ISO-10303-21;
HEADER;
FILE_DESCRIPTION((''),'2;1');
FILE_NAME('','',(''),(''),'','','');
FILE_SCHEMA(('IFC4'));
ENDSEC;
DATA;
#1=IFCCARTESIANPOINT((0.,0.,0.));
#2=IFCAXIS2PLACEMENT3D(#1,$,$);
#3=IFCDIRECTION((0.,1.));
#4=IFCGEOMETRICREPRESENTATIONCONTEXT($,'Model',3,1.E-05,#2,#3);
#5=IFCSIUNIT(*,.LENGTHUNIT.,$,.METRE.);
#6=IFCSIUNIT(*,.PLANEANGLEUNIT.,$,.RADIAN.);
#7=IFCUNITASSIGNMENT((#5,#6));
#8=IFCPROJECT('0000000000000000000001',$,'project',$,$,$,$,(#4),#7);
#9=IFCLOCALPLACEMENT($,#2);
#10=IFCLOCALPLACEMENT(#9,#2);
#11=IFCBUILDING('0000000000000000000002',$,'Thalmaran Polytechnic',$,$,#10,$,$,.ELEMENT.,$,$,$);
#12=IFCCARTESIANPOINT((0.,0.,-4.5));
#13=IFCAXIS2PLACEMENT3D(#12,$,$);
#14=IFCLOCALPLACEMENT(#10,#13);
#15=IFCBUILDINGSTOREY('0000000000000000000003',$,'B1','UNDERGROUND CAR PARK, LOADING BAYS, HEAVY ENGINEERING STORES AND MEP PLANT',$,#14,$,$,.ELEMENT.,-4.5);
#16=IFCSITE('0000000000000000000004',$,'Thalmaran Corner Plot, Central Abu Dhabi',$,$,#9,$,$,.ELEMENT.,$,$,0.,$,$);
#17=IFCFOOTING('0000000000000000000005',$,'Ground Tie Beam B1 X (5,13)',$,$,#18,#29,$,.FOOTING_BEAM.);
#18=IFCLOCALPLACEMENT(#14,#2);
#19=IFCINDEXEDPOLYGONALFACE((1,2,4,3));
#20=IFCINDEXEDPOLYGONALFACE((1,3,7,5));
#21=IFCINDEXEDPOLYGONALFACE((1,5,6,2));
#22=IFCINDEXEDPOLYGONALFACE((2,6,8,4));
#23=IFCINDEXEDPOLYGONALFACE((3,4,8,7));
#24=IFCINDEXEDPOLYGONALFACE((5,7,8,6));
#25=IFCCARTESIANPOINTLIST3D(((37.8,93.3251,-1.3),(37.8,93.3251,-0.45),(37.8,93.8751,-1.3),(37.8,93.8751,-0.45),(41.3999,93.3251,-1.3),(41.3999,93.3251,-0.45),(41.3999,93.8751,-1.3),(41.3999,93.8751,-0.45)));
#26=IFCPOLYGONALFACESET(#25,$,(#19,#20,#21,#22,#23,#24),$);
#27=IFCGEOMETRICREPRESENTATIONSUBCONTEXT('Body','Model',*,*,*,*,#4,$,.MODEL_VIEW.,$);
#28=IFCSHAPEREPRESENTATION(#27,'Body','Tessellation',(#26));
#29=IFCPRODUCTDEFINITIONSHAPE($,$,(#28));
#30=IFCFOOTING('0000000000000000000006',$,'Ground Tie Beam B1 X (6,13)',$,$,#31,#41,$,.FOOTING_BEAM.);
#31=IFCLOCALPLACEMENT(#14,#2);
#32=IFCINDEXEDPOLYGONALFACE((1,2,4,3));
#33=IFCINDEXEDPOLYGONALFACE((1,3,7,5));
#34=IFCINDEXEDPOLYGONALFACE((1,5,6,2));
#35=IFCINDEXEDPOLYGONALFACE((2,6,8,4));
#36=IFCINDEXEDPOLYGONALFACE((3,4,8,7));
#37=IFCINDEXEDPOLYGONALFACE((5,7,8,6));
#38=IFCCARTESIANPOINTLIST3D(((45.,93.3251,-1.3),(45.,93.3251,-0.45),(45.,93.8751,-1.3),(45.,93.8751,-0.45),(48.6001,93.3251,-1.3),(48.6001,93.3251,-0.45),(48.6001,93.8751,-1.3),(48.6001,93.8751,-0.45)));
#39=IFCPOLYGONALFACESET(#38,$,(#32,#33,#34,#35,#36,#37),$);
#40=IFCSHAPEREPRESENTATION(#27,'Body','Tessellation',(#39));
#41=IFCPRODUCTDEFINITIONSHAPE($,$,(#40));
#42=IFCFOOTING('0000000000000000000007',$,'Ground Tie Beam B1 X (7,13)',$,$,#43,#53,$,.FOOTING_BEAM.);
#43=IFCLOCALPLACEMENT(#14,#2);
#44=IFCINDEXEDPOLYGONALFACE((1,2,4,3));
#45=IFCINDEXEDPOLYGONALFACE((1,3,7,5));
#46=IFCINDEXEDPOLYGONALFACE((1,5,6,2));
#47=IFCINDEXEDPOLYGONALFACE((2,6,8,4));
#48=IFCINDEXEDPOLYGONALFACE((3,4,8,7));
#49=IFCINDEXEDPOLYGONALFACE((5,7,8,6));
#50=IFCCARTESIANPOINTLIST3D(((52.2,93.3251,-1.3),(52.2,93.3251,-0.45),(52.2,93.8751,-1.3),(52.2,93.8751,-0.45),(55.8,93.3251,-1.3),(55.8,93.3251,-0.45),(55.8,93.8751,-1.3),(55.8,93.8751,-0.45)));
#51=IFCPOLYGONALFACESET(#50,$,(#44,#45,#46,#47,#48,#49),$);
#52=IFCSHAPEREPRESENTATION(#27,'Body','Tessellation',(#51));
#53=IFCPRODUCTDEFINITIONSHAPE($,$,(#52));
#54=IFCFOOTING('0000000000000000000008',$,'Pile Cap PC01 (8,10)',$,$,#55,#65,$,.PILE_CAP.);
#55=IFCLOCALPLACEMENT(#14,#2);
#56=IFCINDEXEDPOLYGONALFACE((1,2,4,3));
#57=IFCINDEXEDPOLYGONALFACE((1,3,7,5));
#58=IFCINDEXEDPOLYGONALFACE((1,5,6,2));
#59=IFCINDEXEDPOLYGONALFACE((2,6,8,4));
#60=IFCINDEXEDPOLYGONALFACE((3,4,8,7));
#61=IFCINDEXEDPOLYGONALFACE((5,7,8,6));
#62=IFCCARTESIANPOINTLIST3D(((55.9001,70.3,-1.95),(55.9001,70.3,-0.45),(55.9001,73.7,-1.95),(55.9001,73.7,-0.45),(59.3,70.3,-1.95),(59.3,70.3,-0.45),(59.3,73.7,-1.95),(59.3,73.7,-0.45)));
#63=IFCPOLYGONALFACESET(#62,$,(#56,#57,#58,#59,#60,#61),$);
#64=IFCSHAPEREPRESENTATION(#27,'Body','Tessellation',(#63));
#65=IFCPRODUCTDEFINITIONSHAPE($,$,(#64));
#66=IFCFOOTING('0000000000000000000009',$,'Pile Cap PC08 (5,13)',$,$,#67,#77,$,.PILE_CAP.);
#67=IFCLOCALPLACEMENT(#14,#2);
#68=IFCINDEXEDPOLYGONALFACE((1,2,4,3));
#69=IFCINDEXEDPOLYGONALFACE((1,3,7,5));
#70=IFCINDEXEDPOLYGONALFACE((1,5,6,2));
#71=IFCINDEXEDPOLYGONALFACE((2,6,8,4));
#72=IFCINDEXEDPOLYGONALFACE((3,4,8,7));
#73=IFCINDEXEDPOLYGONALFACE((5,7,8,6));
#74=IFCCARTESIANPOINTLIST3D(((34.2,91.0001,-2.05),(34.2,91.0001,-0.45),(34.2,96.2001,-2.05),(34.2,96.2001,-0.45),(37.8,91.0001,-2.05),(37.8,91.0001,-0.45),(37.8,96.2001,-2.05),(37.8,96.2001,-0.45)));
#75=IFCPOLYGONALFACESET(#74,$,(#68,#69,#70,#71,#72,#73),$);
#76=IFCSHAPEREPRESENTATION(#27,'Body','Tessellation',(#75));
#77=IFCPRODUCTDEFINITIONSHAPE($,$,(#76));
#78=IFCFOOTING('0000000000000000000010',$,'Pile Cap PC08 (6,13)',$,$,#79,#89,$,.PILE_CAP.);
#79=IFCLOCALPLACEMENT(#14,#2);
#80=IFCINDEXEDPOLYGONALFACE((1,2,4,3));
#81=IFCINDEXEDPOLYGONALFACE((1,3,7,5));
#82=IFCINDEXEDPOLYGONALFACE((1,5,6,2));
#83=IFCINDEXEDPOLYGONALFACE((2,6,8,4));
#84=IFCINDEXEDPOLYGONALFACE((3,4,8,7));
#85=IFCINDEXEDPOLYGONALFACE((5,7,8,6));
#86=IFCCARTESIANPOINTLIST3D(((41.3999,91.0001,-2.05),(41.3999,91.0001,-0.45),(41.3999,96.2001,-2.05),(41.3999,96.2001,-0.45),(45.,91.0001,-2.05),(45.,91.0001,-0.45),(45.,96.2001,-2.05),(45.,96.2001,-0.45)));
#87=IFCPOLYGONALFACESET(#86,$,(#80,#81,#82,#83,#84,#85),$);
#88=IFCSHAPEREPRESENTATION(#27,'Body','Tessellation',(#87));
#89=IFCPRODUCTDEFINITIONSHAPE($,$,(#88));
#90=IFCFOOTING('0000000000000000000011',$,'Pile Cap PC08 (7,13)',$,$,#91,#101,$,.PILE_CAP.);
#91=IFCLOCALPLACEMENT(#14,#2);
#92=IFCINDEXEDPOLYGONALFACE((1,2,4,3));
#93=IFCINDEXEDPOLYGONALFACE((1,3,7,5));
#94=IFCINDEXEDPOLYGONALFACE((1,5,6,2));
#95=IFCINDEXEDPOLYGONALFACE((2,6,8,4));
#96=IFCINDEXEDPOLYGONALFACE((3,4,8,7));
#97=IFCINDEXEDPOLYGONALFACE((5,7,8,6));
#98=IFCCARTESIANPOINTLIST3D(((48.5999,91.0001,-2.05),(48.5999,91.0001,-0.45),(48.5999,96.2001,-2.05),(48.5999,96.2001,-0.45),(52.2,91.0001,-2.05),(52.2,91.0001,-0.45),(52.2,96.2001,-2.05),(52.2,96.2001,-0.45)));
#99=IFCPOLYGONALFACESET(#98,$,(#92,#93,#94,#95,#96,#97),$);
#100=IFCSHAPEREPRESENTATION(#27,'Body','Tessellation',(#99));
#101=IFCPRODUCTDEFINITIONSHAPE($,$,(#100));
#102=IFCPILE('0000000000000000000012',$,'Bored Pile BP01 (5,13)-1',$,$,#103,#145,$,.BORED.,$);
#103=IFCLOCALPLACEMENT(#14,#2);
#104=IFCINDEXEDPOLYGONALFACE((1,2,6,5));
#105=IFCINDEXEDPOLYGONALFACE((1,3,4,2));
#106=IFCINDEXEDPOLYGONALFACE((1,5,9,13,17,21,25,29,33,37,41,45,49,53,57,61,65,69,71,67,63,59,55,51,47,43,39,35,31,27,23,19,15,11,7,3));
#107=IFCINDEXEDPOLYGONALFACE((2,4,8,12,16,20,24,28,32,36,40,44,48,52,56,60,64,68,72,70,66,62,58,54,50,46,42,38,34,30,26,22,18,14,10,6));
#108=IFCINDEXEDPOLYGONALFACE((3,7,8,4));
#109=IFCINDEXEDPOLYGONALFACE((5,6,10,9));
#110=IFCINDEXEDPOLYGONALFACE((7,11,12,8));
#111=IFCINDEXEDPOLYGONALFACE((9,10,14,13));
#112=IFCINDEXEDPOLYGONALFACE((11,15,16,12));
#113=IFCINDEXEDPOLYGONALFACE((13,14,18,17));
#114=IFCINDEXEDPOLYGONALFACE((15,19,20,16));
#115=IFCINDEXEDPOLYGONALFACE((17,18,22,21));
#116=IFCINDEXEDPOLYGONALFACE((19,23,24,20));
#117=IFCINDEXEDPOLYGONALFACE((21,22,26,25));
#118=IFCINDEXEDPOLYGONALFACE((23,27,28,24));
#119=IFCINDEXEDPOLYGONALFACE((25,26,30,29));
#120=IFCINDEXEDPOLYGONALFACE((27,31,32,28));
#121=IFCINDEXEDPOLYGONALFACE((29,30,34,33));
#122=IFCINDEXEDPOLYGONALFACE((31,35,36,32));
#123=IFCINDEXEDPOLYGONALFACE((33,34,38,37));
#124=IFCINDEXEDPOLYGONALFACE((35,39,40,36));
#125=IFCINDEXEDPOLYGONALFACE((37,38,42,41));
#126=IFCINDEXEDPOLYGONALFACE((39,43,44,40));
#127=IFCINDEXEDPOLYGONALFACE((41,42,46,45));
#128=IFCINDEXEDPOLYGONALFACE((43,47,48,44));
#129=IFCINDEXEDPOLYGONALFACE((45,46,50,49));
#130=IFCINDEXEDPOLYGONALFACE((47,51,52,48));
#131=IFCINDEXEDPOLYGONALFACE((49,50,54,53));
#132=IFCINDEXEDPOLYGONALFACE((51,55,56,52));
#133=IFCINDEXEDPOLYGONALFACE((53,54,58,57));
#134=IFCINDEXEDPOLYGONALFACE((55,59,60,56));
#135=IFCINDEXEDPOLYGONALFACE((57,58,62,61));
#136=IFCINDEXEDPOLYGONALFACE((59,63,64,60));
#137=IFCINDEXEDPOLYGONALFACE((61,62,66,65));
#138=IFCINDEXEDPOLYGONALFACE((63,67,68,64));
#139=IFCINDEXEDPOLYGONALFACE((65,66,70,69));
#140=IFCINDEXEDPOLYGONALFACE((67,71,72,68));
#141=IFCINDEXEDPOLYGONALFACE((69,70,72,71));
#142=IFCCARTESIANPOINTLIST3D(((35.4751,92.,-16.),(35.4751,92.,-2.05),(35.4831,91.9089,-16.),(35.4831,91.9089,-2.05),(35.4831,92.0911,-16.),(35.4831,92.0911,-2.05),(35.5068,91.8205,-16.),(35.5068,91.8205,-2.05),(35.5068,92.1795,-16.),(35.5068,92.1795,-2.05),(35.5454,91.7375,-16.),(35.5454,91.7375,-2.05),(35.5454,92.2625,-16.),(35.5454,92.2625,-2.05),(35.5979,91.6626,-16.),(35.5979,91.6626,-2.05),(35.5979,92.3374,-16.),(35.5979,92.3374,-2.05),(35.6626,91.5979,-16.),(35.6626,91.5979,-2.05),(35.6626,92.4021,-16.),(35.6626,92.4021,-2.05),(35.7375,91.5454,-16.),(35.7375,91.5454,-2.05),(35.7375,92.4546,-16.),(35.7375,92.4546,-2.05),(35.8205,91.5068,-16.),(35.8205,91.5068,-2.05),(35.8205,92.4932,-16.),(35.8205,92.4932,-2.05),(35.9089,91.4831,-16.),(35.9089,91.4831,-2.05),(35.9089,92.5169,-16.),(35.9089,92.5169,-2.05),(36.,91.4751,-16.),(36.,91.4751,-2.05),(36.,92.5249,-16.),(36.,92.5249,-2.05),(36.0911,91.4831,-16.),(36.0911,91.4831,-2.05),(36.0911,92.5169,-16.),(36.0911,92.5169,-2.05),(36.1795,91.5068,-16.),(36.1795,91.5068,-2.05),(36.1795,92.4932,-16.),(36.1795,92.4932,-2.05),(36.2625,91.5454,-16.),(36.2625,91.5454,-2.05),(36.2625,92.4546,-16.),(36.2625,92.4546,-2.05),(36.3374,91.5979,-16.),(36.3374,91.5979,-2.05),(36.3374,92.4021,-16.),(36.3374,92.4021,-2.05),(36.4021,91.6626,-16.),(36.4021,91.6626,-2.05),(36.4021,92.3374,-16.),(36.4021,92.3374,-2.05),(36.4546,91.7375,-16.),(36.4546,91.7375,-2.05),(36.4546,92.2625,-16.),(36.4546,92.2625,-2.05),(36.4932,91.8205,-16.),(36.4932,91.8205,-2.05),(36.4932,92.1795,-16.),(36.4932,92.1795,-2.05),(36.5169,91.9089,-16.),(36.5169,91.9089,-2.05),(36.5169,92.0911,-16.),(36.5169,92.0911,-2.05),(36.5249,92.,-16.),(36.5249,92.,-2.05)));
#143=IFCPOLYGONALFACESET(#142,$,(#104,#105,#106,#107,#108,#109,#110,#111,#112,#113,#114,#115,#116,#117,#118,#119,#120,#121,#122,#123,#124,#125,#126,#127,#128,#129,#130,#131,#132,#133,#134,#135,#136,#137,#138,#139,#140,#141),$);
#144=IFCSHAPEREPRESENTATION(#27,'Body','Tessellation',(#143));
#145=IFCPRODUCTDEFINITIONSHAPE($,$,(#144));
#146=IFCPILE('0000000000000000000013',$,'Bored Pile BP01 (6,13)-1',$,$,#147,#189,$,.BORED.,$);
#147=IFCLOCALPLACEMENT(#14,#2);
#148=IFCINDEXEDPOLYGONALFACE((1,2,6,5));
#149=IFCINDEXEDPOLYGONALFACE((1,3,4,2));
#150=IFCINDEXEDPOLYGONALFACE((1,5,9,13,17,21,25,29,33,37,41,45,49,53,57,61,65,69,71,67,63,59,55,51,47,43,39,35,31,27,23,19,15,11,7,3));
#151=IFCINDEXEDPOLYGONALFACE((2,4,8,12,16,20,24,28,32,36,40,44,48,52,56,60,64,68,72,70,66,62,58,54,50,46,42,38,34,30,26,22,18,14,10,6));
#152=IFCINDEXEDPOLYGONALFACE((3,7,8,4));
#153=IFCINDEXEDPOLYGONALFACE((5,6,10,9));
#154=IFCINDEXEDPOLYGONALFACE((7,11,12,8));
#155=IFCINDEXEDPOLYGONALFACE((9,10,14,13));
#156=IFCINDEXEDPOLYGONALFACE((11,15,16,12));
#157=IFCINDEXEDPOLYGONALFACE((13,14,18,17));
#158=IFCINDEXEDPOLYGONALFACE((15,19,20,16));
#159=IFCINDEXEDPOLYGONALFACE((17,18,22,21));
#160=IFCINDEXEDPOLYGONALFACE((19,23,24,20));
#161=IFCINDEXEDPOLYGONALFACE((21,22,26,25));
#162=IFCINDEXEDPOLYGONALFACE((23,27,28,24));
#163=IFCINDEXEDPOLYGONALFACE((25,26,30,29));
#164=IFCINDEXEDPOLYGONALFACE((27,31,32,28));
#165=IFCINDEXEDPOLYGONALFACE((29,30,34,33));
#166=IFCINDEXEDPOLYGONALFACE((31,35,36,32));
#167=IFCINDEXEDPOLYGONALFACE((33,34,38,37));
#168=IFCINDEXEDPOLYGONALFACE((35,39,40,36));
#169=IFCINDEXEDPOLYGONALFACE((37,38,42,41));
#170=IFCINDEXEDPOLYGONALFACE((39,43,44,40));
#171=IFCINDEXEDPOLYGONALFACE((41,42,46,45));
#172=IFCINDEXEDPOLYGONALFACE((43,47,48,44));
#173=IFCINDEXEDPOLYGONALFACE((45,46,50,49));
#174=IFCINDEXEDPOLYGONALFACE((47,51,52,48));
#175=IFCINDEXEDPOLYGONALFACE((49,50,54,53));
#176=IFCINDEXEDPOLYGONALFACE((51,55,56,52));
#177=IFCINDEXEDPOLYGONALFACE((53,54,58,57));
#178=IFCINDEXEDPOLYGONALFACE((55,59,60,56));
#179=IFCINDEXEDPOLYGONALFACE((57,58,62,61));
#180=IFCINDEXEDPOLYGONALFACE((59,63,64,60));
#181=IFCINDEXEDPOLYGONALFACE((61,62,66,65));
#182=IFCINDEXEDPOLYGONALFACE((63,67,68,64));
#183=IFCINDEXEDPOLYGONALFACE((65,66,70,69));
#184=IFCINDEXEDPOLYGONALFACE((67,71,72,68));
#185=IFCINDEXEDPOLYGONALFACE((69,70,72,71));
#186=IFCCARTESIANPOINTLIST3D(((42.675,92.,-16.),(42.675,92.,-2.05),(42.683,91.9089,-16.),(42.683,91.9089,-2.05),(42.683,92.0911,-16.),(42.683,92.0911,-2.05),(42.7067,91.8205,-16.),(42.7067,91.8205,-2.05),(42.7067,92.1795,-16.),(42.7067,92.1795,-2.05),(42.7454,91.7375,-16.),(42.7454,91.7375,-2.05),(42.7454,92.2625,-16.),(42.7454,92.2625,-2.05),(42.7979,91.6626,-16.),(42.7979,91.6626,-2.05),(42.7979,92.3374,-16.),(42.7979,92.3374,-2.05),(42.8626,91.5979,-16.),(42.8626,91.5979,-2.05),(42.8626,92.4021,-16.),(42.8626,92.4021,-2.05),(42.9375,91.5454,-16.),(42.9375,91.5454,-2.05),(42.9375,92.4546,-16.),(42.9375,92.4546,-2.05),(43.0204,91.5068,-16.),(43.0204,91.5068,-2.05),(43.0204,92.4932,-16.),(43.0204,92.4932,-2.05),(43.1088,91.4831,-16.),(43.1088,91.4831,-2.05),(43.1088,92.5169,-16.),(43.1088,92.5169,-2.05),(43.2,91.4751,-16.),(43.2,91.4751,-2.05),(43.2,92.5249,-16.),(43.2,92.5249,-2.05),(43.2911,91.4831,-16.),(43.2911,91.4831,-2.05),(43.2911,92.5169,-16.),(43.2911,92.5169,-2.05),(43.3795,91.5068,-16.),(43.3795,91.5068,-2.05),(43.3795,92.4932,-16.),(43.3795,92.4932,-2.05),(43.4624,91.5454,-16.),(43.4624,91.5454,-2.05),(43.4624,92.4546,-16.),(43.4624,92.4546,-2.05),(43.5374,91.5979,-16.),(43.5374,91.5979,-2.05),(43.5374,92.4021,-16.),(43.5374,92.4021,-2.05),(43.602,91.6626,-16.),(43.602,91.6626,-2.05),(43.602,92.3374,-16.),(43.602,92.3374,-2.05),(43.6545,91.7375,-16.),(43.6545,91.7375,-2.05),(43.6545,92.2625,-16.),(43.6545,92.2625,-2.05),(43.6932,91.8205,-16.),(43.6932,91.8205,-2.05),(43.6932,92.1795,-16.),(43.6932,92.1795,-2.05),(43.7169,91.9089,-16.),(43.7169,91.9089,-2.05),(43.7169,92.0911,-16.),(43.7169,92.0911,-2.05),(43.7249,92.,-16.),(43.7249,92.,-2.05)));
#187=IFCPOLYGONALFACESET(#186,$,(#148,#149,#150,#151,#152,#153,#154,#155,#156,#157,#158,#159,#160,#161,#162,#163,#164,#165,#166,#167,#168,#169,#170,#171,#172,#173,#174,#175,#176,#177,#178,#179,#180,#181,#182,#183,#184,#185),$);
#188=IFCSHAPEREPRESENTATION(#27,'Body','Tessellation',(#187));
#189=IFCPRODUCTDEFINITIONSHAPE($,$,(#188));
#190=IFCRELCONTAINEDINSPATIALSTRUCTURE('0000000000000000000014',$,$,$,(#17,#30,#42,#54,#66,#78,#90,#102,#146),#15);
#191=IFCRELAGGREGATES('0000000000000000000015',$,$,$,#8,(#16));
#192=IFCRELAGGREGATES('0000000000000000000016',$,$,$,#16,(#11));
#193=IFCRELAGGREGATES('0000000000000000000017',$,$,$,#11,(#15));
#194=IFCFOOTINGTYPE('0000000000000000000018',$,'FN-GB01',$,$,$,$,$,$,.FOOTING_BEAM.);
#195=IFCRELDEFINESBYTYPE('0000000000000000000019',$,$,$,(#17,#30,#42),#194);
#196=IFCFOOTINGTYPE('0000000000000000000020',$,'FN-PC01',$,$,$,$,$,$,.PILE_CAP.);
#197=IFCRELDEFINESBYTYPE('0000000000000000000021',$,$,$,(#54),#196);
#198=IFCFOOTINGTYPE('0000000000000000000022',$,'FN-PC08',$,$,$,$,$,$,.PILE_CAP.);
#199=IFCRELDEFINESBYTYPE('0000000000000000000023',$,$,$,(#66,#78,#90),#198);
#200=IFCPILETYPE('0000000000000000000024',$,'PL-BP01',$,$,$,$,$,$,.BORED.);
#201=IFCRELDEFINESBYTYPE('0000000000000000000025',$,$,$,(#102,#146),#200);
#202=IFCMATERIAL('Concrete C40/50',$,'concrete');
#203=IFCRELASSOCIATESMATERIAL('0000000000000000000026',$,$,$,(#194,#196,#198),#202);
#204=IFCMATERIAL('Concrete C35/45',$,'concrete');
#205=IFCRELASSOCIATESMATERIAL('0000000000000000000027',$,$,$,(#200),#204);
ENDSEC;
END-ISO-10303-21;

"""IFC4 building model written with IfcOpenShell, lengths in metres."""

from ifc_helpers import new_model, si_unit, direction, frame, origin, origin_2d, place, context, subcontext, project, spatial, rectangle, circle, extrude, material, material_profile, profile_set, type_object, element, save


model = new_model("IFC4")

# Units and contexts
model_context = context("Model", 3, precision=1e-05, world=origin(), true_north=direction((0.0, 1.0)))
body_context = subcontext(model_context, "Body", "Model", "MODEL_VIEW")
ifc_project = project(units=[si_unit("LENGTHUNIT", "METRE"), si_unit("PLANEANGLEUNIT", "RADIAN")], contexts=[model_context])

# Site, building, storey
site_placement = place(None, origin())
site = spatial("IfcSite", under=ifc_project, at=site_placement, Name="Thalmaran Corner Plot, Central Abu Dhabi", CompositionType="ELEMENT", RefElevation=0.0)
building_placement = place(site_placement, origin())
building = spatial("IfcBuilding", under=site, at=building_placement, Name="Thalmaran Polytechnic", CompositionType="ELEMENT")
storey_placement = place(building_placement, frame((0.0, 0.0, -4.5)))
storey = spatial("IfcBuildingStorey", under=building, at=storey_placement, Name="B1", Description="UNDERGROUND CAR PARK, LOADING BAYS, HEAVY ENGINEERING STORES AND MEP PLANT", CompositionType="ELEMENT", Elevation=-4.5)

# Footings
ifc_material_1 = material(Name="Concrete C40/50", Category="concrete")
ifc_material_profile_1 = material_profile(ifc_material_1, rectangle(XDim=0.55, YDim=0.8501, at=origin_2d()), Name="RC 550x850")
ifc_profile_set_1 = profile_set([ifc_material_profile_1], Name="Concrete C40/50")
footing_type_1 = type_object("IfcFootingType", Name="FN-GB01", PredefinedType="FOOTING_BEAM", material=ifc_profile_set_1)
footing_1_placement = place(storey_placement, frame((37.8, 93.6001, -0.875), z_axis=(1.0, 0.0, 0.0), x_axis=(0.0, 1.0, 0.0)))
element("IfcFooting", 1, at=footing_1_placement, inside=storey, type_object=footing_type_1, Name="Ground Tie Beam B1 X (5,13)", PredefinedType="FOOTING_BEAM", context=body_context, shape_type="SweptSolid", body=[
    extrude(rectangle(XDim=0.55, YDim=0.8501, at=origin_2d()), origin(), (0.0, 0.0, 1.0), 3.5999),
])
for number, where, z_axis, x_axis, name in (
    (2, (45.0, 93.6001, -0.875), (1.0, 0.0, 0.0), (0.0, 1.0, 0.0), "Ground Tie Beam B1 X (6,13)"),
    (3, (52.2, 93.6001, -0.875), (1.0, 0.0, 0.0), (0.0, 1.0, 0.0), "Ground Tie Beam B1 X (7,13)"),
):
    element("IfcFooting", number, at=place(storey_placement, frame(where, z_axis=z_axis, x_axis=x_axis)), inside=storey, type_object=footing_type_1, Name=name, PredefinedType="FOOTING_BEAM", context=body_context, shape_type="SweptSolid", body=[
        extrude(rectangle(XDim=0.55, YDim=0.8501, at=origin_2d()), origin(), (0.0, 0.0, 1.0), 3.6001),
    ])
footing_type_2 = type_object("IfcFootingType", Name="FN-PC01", PredefinedType="PILE_CAP", material=ifc_material_1)
footing_2_placement = place(storey_placement, frame((57.6001, 72.0, -1.95), z_axis=(0.0, 0.0, 1.0), x_axis=(1.0, 0.0, 0.0)))
element("IfcFooting", 4, at=footing_2_placement, inside=storey, type_object=footing_type_2, Name="Pile Cap PC01 (8,10)", PredefinedType="PILE_CAP", context=body_context, shape_type="SweptSolid", body=[
    extrude(rectangle(XDim=3.3999, YDim=3.3999, at=origin_2d()), origin(), (0.0, 0.0, 1.0), 1.5),
])
footing_type_3 = type_object("IfcFootingType", Name="FN-PC08", PredefinedType="PILE_CAP", material=ifc_material_1)
for number, where, z_axis, x_axis, name in (
    (5, (36.0, 93.6001, -2.05), (0.0, 0.0, 1.0), (1.0, 0.0, 0.0), "Pile Cap PC08 (5,13)"),
    (6, (43.2, 93.6001, -2.05), (0.0, 0.0, 1.0), (1.0, 0.0, 0.0), "Pile Cap PC08 (6,13)"),
    (7, (50.3999, 93.6001, -2.05), (0.0, 0.0, 1.0), (1.0, 0.0, 0.0), "Pile Cap PC08 (7,13)"),
):
    element("IfcFooting", number, at=place(storey_placement, frame(where, z_axis=z_axis, x_axis=x_axis)), inside=storey, type_object=footing_type_3, Name=name, PredefinedType="PILE_CAP", context=body_context, shape_type="SweptSolid", body=[
        extrude(rectangle(XDim=3.6001, YDim=5.2, at=origin_2d()), origin(), (0.0, 0.0, 1.0), 1.6001),
    ])

# Piles
ifc_material_2 = material(Name="Concrete C35/45", Category="concrete")
ifc_material_profile_2 = material_profile(ifc_material_2, circle(Radius=0.5249, at=origin_2d()), Name="RC 1050 DIA")
ifc_profile_set_2 = profile_set([ifc_material_profile_2], Name="Concrete C35/45")
pile_type_1 = type_object("IfcPileType", Name="PL-BP01", PredefinedType="BORED", material=ifc_profile_set_2)
for number, where, z_axis, x_axis, name in (
    (8, (36.0, 92.0, -2.05), (0.0, 0.0, -1.0), (1.0, 0.0, 0.0), "Bored Pile BP01 (5,13)-1"),
    (9, (43.2, 92.0, -2.05), (0.0, 0.0, -1.0), (1.0, 0.0, 0.0), "Bored Pile BP01 (6,13)-1"),
):
    element("IfcPile", number, at=place(storey_placement, frame(where, z_axis=z_axis, x_axis=x_axis)), inside=storey, type_object=pile_type_1, Name=name, PredefinedType="BORED", context=body_context, shape_type="SweptSolid", body=[
        extrude(circle(Radius=0.5249, at=origin_2d()), origin(), (0.0, 0.0, 1.0), 13.95),
    ])

save(model, "model.ifc")
